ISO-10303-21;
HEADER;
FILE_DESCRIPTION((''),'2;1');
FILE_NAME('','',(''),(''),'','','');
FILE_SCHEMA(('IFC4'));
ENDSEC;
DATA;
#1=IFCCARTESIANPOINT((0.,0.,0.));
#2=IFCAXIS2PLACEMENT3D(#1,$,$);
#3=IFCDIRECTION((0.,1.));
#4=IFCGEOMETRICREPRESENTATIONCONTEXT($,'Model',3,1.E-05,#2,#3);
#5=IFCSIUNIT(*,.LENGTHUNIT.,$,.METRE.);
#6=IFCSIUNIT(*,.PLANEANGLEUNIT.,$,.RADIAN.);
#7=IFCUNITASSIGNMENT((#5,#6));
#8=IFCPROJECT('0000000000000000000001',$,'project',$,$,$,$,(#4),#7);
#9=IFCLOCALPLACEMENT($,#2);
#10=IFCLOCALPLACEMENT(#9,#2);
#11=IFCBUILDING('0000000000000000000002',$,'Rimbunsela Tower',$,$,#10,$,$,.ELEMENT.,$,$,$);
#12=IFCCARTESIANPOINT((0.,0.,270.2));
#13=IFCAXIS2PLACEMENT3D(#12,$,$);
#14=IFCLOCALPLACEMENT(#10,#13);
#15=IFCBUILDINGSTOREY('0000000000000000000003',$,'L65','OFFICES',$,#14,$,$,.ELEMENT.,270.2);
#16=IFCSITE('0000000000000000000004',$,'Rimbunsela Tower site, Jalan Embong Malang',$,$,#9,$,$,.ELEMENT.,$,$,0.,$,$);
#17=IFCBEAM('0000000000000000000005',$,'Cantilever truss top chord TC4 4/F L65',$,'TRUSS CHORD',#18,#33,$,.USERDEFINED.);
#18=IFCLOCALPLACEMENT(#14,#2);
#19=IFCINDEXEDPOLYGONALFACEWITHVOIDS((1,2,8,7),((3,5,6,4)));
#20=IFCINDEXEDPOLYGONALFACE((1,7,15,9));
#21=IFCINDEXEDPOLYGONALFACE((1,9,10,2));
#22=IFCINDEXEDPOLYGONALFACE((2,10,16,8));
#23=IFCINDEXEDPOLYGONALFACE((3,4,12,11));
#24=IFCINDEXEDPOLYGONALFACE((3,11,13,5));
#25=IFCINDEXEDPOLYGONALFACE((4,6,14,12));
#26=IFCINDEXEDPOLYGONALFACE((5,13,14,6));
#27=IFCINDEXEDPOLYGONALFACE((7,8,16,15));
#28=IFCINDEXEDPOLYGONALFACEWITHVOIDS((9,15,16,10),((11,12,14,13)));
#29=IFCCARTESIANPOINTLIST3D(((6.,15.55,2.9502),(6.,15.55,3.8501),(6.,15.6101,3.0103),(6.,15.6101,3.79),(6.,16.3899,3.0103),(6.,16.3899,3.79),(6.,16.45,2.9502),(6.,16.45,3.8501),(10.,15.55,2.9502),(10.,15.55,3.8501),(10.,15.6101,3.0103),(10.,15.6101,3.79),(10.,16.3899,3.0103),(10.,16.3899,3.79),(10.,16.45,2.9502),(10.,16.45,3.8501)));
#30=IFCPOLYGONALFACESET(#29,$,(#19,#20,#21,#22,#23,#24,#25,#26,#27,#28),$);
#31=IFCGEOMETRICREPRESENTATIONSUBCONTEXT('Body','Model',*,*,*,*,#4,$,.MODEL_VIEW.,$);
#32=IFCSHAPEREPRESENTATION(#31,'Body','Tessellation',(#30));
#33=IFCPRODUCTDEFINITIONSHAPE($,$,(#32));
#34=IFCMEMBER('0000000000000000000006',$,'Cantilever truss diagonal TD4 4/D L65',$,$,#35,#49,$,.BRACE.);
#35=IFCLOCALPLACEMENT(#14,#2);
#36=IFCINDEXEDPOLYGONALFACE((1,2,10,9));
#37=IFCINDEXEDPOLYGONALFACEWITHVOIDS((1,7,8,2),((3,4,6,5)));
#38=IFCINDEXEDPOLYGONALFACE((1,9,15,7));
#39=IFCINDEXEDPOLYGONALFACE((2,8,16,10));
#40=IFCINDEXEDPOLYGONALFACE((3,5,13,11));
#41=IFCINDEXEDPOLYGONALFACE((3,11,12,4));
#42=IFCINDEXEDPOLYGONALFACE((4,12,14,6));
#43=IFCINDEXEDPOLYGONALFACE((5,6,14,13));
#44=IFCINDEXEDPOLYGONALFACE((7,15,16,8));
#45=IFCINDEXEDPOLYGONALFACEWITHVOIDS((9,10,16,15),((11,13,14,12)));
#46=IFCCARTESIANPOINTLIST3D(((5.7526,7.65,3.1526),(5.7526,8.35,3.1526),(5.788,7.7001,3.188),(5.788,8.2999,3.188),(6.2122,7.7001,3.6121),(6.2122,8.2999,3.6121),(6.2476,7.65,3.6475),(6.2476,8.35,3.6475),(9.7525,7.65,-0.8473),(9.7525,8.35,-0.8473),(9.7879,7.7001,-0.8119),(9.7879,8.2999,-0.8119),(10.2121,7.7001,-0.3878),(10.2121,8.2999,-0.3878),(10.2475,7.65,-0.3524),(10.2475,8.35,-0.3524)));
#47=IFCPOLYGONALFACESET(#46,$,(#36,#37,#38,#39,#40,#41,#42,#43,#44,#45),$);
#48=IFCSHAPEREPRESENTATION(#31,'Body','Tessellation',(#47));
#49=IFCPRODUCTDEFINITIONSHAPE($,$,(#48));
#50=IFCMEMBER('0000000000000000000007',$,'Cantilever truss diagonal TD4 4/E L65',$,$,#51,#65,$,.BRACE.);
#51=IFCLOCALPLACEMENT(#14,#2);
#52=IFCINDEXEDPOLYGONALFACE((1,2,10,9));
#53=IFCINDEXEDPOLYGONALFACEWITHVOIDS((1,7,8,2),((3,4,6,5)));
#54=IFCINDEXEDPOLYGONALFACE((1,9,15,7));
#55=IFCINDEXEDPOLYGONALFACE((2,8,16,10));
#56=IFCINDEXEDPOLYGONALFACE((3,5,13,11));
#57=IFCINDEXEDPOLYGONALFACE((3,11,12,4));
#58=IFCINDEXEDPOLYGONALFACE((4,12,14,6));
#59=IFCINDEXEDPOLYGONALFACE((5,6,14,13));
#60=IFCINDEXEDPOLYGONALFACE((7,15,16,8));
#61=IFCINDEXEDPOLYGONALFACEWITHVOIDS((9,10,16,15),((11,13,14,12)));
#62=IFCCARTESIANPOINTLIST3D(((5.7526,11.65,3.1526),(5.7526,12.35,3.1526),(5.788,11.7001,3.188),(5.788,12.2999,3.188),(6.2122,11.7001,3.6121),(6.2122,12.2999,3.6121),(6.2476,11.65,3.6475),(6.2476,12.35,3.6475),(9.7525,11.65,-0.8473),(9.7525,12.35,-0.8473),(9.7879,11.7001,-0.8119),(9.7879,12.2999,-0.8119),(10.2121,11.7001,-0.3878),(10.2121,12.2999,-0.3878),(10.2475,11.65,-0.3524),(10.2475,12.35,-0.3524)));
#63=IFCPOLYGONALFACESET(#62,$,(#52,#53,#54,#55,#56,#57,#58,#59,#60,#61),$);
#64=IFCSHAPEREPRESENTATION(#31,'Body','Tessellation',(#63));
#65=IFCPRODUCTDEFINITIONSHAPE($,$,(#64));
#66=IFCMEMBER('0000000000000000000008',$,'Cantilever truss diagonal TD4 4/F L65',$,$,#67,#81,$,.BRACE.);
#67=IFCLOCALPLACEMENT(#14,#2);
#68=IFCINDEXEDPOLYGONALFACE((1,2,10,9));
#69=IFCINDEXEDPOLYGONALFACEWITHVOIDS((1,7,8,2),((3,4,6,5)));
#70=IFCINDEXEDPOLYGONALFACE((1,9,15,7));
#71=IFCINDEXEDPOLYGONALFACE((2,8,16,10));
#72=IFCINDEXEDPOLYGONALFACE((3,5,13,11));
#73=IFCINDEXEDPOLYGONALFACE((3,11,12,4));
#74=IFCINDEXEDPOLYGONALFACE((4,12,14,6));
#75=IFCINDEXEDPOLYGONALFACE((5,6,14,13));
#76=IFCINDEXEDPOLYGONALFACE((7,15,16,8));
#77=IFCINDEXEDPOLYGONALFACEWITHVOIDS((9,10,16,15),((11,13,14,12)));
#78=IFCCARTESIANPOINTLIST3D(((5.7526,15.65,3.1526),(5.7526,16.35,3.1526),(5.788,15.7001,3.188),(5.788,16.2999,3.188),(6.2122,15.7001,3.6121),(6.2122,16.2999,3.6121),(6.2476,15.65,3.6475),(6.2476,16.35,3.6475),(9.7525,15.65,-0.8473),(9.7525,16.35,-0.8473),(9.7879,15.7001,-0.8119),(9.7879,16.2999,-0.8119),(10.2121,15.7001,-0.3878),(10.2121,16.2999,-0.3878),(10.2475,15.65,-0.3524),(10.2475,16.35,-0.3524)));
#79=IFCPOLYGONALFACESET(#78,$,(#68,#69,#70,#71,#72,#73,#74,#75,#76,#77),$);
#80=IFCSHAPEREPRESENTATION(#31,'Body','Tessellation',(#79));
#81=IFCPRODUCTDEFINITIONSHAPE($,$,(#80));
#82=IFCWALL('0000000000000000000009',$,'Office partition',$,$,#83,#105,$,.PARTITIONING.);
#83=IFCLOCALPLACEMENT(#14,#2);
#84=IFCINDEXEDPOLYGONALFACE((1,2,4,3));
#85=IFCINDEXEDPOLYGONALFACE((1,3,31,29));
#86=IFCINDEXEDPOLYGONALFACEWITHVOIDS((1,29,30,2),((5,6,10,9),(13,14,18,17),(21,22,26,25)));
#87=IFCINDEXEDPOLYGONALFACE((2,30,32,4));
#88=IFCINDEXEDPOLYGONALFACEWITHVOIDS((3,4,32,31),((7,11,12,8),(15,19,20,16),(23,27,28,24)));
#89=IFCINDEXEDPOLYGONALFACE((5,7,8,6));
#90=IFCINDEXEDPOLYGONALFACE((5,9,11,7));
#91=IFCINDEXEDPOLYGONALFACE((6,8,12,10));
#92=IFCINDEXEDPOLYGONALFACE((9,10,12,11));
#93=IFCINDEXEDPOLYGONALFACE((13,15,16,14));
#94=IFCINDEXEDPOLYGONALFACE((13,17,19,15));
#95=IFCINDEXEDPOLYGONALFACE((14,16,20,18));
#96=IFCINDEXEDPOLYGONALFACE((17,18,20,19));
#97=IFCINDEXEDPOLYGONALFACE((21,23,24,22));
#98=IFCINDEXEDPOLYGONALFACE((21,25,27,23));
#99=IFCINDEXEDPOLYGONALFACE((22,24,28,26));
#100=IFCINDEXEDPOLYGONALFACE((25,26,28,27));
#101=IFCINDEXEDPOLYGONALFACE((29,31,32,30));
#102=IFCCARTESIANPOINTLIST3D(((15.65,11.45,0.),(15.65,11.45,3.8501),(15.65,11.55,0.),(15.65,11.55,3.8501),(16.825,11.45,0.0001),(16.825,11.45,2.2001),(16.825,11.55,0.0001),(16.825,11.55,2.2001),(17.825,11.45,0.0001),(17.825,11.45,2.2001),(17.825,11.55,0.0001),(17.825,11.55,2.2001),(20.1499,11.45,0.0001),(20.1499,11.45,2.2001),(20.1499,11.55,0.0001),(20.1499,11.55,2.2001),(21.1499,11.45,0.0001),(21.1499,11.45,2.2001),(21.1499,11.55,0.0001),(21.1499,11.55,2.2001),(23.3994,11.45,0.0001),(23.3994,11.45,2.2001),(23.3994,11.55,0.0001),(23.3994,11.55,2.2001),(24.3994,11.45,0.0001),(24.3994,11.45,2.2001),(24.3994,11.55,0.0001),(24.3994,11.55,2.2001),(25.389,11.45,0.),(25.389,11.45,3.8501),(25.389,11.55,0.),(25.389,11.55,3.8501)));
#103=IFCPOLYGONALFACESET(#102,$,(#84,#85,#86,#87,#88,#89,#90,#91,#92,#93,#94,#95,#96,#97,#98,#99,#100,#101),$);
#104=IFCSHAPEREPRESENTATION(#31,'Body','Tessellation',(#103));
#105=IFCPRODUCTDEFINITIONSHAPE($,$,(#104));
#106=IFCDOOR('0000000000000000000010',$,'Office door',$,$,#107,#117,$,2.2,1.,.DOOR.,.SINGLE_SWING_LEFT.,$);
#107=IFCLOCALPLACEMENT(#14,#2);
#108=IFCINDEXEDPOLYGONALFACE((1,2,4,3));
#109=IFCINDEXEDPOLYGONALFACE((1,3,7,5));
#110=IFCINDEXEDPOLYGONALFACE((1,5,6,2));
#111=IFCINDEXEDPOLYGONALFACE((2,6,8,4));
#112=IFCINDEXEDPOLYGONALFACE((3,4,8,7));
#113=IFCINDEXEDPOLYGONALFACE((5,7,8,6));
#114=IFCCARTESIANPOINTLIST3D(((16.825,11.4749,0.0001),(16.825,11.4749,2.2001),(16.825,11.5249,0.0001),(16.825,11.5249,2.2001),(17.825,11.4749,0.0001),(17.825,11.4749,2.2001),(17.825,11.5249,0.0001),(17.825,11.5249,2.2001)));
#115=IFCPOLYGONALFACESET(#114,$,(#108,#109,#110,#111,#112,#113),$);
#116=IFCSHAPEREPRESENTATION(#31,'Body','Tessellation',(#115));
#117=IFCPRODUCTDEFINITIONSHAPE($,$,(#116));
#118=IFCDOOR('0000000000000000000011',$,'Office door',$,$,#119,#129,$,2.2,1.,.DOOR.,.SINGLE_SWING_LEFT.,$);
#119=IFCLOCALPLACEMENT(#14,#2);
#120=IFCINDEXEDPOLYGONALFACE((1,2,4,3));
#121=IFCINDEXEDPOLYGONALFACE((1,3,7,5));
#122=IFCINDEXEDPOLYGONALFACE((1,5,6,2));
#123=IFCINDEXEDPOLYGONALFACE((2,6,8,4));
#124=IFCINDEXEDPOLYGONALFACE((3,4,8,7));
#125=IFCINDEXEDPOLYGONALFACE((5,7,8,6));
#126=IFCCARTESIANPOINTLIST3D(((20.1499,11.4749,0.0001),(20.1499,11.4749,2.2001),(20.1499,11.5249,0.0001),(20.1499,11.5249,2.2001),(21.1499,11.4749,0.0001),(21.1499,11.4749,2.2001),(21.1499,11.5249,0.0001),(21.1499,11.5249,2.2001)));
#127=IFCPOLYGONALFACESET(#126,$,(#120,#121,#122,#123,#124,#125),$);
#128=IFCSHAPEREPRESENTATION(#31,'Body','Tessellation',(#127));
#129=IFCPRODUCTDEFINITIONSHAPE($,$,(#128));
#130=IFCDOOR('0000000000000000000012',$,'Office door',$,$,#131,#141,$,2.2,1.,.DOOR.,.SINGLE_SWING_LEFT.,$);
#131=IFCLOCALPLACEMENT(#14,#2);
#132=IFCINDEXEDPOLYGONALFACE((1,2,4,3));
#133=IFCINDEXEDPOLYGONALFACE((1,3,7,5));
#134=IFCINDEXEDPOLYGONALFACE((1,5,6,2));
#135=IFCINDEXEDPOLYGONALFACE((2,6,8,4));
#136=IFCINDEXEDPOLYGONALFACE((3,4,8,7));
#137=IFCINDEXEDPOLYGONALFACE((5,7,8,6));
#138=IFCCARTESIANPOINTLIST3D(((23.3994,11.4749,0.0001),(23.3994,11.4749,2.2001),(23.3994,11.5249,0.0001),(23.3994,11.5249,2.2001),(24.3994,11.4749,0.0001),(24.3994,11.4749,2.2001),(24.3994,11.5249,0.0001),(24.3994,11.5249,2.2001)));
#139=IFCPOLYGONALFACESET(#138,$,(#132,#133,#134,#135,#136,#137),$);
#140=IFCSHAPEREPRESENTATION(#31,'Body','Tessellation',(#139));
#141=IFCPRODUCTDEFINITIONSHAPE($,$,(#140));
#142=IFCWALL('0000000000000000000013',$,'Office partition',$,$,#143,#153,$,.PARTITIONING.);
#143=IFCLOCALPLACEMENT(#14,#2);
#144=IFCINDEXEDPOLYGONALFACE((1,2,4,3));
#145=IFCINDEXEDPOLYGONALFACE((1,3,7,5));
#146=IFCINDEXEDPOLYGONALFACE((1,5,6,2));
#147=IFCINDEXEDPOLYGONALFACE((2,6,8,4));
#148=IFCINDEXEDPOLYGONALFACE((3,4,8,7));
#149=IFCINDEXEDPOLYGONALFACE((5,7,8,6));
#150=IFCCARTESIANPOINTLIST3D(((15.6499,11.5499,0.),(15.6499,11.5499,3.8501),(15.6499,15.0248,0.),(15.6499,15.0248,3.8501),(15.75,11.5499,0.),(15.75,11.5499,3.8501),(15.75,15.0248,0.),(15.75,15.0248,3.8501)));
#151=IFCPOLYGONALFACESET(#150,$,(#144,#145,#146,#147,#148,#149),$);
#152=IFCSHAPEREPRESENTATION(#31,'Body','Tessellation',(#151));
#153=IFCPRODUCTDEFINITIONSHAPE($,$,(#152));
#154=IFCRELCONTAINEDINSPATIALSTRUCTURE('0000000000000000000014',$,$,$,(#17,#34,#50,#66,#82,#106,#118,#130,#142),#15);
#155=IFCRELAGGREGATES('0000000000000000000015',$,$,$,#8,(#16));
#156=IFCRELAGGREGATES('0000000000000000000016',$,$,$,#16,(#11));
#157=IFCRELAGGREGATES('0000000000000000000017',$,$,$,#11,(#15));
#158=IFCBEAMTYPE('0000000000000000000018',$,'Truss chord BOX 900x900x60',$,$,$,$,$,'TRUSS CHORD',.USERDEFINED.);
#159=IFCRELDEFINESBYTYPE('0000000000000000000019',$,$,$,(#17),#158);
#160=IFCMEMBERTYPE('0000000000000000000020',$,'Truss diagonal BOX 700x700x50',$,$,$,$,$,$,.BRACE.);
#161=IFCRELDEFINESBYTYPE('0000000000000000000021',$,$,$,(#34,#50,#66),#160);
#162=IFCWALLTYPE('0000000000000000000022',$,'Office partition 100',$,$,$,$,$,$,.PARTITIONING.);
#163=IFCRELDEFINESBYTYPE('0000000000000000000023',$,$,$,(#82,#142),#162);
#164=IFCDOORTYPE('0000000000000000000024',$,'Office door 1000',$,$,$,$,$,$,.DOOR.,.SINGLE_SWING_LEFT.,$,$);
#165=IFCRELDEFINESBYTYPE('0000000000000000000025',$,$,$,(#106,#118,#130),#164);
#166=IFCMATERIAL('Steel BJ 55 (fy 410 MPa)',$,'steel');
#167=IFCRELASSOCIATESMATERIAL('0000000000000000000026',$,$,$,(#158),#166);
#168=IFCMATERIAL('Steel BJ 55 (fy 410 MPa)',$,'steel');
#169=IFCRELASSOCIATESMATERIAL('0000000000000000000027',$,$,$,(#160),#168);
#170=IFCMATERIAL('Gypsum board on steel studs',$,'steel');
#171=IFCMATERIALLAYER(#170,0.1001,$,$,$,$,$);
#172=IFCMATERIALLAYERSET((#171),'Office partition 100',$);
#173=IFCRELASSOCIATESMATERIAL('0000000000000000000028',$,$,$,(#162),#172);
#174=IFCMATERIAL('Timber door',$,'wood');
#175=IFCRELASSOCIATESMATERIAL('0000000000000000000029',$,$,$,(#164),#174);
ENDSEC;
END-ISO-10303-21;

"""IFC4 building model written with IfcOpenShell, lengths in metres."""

from ifc_helpers import new_model, si_unit, direction, frame, frame_2d, origin, origin_2d, place, context, subcontext, project, spatial, rectangle, hollow_rectangle, extrude, material, layer, layer_set, material_profile, profile_set, type_object, element, fill, save


model = new_model("IFC4")

# Units and contexts
model_context = context("Model", 3, precision=1e-05, world=origin(), true_north=direction((0.0, 1.0)))
body_context = subcontext(model_context, "Body", "Model", "MODEL_VIEW")
ifc_project = project(units=[si_unit("LENGTHUNIT", "METRE"), si_unit("PLANEANGLEUNIT", "RADIAN")], contexts=[model_context])

# Site, building, storey
site_placement = place(None, origin())
site = spatial("IfcSite", under=ifc_project, at=site_placement, Name="Rimbunsela Tower site, Jalan Embong Malang", CompositionType="ELEMENT", RefElevation=0.0)
building_placement = place(site_placement, origin())
building = spatial("IfcBuilding", under=site, at=building_placement, Name="Rimbunsela Tower", CompositionType="ELEMENT")
storey_placement = place(building_placement, frame((0.0, 0.0, 270.2)))
storey = spatial("IfcBuildingStorey", under=building, at=storey_placement, Name="L65", Description="OFFICES", CompositionType="ELEMENT", Elevation=270.2)

# Beam
ifc_material_1 = material(Name="Steel BJ 55 (fy 410 MPa)", Category="steel")
ifc_material_profile_1 = material_profile(ifc_material_1, hollow_rectangle(XDim=0.8999, YDim=0.8999, WallThickness=0.0601, at=origin_2d()), Name="BOX 900x900x60")
ifc_profile_set_1 = profile_set([ifc_material_profile_1], Name="Steel BJ 55 (fy 410 MPa)")
beam_type_1 = type_object("IfcBeamType", Name="Truss chord BOX 900x900x60", ElementType="TRUSS CHORD", PredefinedType="USERDEFINED", material=ifc_profile_set_1)
for number, where, z_axis, x_axis, name in (
    (1, (10.0, 16.0, 3.4001), (-1.0, 0.0, 0.0), (0.0, -1.0, 0.0), "Cantilever truss top chord TC4 4/F L65"),
):
    element("IfcBeam", number, at=place(storey_placement, frame(where, z_axis=z_axis, x_axis=x_axis)), inside=storey, type_object=beam_type_1, Name=name, ObjectType="TRUSS CHORD", PredefinedType="USERDEFINED", context=body_context, shape_type="SweptSolid", body=[
        extrude(hollow_rectangle(XDim=0.8999, YDim=0.8999, WallThickness=0.0601, at=origin_2d()), origin(), (0.0, 0.0, 1.0), 4.0),
    ])

# Members
ifc_material_2 = material(Name="Steel BJ 55 (fy 410 MPa)", Category="steel")
ifc_material_profile_2 = material_profile(ifc_material_2, hollow_rectangle(XDim=0.7, YDim=0.7, WallThickness=0.05, at=origin_2d()), Name="BOX 700x700x50")
ifc_profile_set_2 = profile_set([ifc_material_profile_2], Name="Steel BJ 55 (fy 410 MPa)")
member_type_1 = type_object("IfcMemberType", Name="Truss diagonal BOX 700x700x50", PredefinedType="BRACE", material=ifc_profile_set_2)
for number, where, z_axis, x_axis, name in (
    (2, (10.0, 8.0, -0.5999), (-0.707107, 0.0, 0.707107), (0.0, -1.0, 0.0), "Cantilever truss diagonal TD4 4/D L65"),
    (3, (10.0, 12.0, -0.5999), (-0.707107, 0.0, 0.707107), (0.0, -1.0, 0.0), "Cantilever truss diagonal TD4 4/E L65"),
    (4, (10.0, 16.0, -0.5999), (-0.707107, 0.0, 0.707107), (0.0, -1.0, 0.0), "Cantilever truss diagonal TD4 4/F L65"),
):
    element("IfcMember", number, at=place(storey_placement, frame(where, z_axis=z_axis, x_axis=x_axis)), inside=storey, type_object=member_type_1, Name=name, PredefinedType="BRACE", context=body_context, shape_type="SweptSolid", body=[
        extrude(hollow_rectangle(XDim=0.7, YDim=0.7, WallThickness=0.05, at=origin_2d()), origin(), (0.0, 0.0, 1.0), 5.6567),
    ])

# Wall, openings, doors
ifc_material_3 = material(Name="Gypsum board on steel studs", Category="steel")
ifc_layer_1 = layer(ifc_material_3, 0.1001)
ifc_layer_set_1 = layer_set([ifc_layer_1], Name="Office partition 100")
wall_type_1 = type_object("IfcWallType", Name="Office partition 100", PredefinedType="PARTITIONING", material=ifc_layer_set_1)
wall_1_placement = place(storey_placement, frame((15.6499, 11.5, 0.0), z_axis=(0.0, 0.0, 1.0), x_axis=(1.0, 0.0, 0.0)))
wall_1 = element("IfcWall", 5, at=wall_1_placement, inside=storey, type_object=wall_type_1, Name="Office partition", PredefinedType="PARTITIONING", context=body_context, shape_type="SweptSolid", body=[
    extrude(rectangle(XDim=9.739, YDim=0.1001, at=frame_2d((4.8696, 0.0))), origin(), (0.0, 0.0, 1.0), 3.8501),
])
opening_1_placement = place(wall_1_placement, frame((1.175, 0.0, 0.0)))
opening_1 = element("IfcOpeningElement", 6, at=opening_1_placement, cuts=wall_1, PredefinedType="OPENING", context=body_context, shape_type="SweptSolid", body=[
    extrude(rectangle(XDim=1.0, YDim=2.2, at=frame_2d((0.5, 1.1001))), frame((0.0, 0.0601, 0.0), z_axis=(0.0, -1.0, 0.0), x_axis=(1.0, 0.0, 0.0)), (0.0, 0.0, 1.0), 0.1201),
])
opening_2_placement = place(wall_1_placement, frame((4.5, 0.0, 0.0)))
opening_2 = element("IfcOpeningElement", 7, at=opening_2_placement, cuts=wall_1, PredefinedType="OPENING", context=body_context, shape_type="SweptSolid", body=[
    extrude(rectangle(XDim=1.0, YDim=2.2, at=frame_2d((0.5, 1.1001))), frame((0.0, 0.0601, 0.0), z_axis=(0.0, -1.0, 0.0), x_axis=(1.0, 0.0, 0.0)), (0.0, 0.0, 1.0), 0.1201),
])
opening_3_placement = place(wall_1_placement, frame((7.7495, 0.0, 0.0)))
opening_3 = element("IfcOpeningElement", 8, at=opening_3_placement, cuts=wall_1, PredefinedType="OPENING", context=body_context, shape_type="SweptSolid", body=[
    extrude(rectangle(XDim=1.0, YDim=2.2, at=frame_2d((0.5, 1.1001))), frame((0.0, 0.0601, 0.0), z_axis=(0.0, -1.0, 0.0), x_axis=(1.0, 0.0, 0.0)), (0.0, 0.0, 1.0), 0.1201),
])
ifc_material_4 = material(Name="Timber door", Category="wood")
door_type_1 = type_object("IfcDoorType", Name="Office door 1000", OperationType="SINGLE_SWING_LEFT", PredefinedType="DOOR", material=ifc_material_4)
door_1_placement = place(opening_1_placement, origin())
door_1 = element("IfcDoor", 9, at=door_1_placement, inside=storey, type_object=door_type_1, Name="Office door", OperationType="SINGLE_SWING_LEFT", OverallHeight=2.2, OverallWidth=1.0, PredefinedType="DOOR", context=body_context, shape_type="SweptSolid", body=[
    extrude(rectangle(XDim=1.0, YDim=2.2, at=frame_2d((0.5, 1.1001))), frame((0.0, 0.0249, 0.0), z_axis=(0.0, -1.0, 0.0), x_axis=(1.0, 0.0, 0.0)), (0.0, 0.0, 1.0), 0.05),
])
fill(opening_1, door_1)
door_2_placement = place(opening_2_placement, origin())
door_2 = element("IfcDoor", 10, at=door_2_placement, inside=storey, type_object=door_type_1, Name="Office door", OperationType="SINGLE_SWING_LEFT", OverallHeight=2.2, OverallWidth=1.0, PredefinedType="DOOR", context=body_context, shape_type="SweptSolid", body=[
    extrude(rectangle(XDim=1.0, YDim=2.2, at=frame_2d((0.5, 1.1001))), frame((0.0, 0.0249, 0.0), z_axis=(0.0, -1.0, 0.0), x_axis=(1.0, 0.0, 0.0)), (0.0, 0.0, 1.0), 0.05),
])
fill(opening_2, door_2)
door_3_placement = place(opening_3_placement, origin())
door_3 = element("IfcDoor", 11, at=door_3_placement, inside=storey, type_object=door_type_1, Name="Office door", OperationType="SINGLE_SWING_LEFT", OverallHeight=2.2, OverallWidth=1.0, PredefinedType="DOOR", context=body_context, shape_type="SweptSolid", body=[
    extrude(rectangle(XDim=1.0, YDim=2.2, at=frame_2d((0.5, 1.1001))), frame((0.0, 0.0249, 0.0), z_axis=(0.0, -1.0, 0.0), x_axis=(1.0, 0.0, 0.0)), (0.0, 0.0, 1.0), 0.05),
])
fill(opening_3, door_3)

# Wall
wall_2_placement = place(storey_placement, frame((15.7, 11.55, 0.0), z_axis=(0.0, 0.0, 1.0), x_axis=(0.0, 1.0, 0.0)))
element("IfcWall", 12, at=wall_2_placement, inside=storey, type_object=wall_type_1, Name="Office partition", PredefinedType="PARTITIONING", context=body_context, shape_type="SweptSolid", body=[
    extrude(rectangle(XDim=3.4749, YDim=0.1001, at=frame_2d((1.7373, 0.0))), origin(), (0.0, 0.0, 1.0), 3.8501),
])

save(model, "model.ifc")
